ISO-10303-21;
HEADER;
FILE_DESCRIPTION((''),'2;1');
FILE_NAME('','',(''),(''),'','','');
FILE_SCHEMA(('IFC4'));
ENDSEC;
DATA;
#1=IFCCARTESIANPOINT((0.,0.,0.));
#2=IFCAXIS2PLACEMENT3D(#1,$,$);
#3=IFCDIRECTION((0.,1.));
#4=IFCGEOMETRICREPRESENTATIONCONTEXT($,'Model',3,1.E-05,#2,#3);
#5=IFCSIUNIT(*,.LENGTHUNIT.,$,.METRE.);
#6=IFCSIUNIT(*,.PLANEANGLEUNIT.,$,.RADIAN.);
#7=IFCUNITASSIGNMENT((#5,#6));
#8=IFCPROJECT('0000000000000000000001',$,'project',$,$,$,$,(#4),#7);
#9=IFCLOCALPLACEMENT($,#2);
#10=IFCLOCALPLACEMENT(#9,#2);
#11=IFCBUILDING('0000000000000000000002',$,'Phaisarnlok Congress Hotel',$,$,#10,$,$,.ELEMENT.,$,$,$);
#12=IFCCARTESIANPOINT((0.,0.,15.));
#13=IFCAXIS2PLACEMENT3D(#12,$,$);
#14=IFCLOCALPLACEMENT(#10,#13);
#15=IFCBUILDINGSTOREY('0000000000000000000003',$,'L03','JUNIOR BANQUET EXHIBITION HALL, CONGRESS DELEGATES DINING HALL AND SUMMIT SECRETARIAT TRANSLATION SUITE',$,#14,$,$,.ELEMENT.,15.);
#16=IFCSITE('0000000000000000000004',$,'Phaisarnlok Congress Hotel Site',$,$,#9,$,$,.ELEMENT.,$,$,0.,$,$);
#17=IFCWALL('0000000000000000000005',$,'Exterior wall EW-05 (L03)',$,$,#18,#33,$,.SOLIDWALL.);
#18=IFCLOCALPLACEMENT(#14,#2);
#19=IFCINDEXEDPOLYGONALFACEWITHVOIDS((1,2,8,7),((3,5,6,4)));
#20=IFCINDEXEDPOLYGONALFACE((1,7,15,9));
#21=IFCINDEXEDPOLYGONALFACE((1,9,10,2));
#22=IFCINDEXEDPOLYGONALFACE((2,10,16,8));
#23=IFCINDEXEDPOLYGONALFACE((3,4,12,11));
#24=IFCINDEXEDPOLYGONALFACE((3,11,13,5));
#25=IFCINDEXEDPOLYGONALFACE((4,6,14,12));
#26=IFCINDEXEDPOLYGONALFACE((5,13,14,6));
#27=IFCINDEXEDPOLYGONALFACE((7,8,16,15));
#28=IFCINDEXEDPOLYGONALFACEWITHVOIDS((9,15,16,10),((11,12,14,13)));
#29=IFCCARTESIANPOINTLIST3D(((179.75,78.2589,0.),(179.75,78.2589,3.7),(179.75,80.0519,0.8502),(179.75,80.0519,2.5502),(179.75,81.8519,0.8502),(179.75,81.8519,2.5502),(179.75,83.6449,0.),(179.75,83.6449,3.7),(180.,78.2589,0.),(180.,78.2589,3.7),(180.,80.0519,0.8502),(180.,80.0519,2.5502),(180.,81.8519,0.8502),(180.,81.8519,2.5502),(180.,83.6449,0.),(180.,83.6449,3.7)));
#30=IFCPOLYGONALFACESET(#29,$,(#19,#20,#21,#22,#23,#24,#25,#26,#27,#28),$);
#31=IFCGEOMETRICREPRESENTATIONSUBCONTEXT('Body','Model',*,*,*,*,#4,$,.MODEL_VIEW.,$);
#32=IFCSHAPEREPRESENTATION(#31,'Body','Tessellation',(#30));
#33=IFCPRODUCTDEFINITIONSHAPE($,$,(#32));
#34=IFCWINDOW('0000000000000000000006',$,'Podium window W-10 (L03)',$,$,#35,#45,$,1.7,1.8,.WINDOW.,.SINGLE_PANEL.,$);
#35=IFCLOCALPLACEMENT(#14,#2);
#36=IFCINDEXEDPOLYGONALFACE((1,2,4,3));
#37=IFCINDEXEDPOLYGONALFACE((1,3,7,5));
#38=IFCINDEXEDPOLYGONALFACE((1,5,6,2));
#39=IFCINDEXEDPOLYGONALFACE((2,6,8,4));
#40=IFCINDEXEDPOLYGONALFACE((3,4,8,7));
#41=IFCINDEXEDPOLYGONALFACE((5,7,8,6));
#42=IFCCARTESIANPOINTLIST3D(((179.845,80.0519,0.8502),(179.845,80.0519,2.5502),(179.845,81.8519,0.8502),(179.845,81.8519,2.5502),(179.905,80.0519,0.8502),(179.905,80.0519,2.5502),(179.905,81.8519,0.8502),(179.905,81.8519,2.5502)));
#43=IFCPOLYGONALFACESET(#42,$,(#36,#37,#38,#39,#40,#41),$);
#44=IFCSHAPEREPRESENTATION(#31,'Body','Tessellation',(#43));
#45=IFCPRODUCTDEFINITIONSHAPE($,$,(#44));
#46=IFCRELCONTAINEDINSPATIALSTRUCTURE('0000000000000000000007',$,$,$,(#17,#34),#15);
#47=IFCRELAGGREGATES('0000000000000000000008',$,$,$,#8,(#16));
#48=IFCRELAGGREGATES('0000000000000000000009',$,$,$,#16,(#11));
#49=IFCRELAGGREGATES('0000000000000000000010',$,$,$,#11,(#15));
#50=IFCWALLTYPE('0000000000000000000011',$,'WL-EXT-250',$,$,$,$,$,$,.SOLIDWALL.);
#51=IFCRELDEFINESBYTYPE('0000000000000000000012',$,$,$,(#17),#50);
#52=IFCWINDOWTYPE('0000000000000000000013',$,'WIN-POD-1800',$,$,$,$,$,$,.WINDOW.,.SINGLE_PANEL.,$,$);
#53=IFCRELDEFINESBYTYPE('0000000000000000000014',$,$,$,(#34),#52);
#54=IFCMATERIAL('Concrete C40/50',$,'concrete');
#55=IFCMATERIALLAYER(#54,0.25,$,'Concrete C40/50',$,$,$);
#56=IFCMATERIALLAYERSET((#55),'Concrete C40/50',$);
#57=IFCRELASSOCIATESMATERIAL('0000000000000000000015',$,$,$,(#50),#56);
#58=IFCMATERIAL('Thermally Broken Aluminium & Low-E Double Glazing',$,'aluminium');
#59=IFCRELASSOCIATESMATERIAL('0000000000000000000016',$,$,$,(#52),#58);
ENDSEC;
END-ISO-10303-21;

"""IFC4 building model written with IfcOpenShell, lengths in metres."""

from ifc_helpers import new_model, si_unit, direction, frame, frame_2d, origin, place, context, subcontext, project, spatial, rectangle, extrude, material, layer, layer_set, type_object, element, fill, save


model = new_model("IFC4")

# Units and contexts
model_context = context("Model", 3, precision=1e-05, world=origin(), true_north=direction((0.0, 1.0)))
body_context = subcontext(model_context, "Body", "Model", "MODEL_VIEW")
ifc_project = project(units=[si_unit("LENGTHUNIT", "METRE"), si_unit("PLANEANGLEUNIT", "RADIAN")], contexts=[model_context])

# Site, building, storey
site_placement = place(None, origin())
site = spatial("IfcSite", under=ifc_project, at=site_placement, Name="Phaisarnlok Congress Hotel Site", CompositionType="ELEMENT", RefElevation=0.0)
building_placement = place(site_placement, origin())
building = spatial("IfcBuilding", under=site, at=building_placement, Name="Phaisarnlok Congress Hotel", CompositionType="ELEMENT")
storey_placement = place(building_placement, frame((0.0, 0.0, 15.0)))
storey = spatial("IfcBuildingStorey", under=building, at=storey_placement, Name="L03", Description="JUNIOR BANQUET EXHIBITION HALL, CONGRESS DELEGATES DINING HALL AND SUMMIT SECRETARIAT TRANSLATION SUITE", CompositionType="ELEMENT", Elevation=15.0)

# Shared definitions
ifc_material_1 = material(Name="Concrete C40/50", Category="concrete")

# Wall, opening, window
ifc_layer_1 = layer(ifc_material_1, 0.25, Name="Concrete C40/50")
ifc_layer_set_1 = layer_set([ifc_layer_1], Name="Concrete C40/50")
wall_type = type_object("IfcWallType", Name="WL-EXT-250", PredefinedType="SOLIDWALL", material=ifc_layer_set_1)
wall_placement = place(storey_placement, frame((179.875, 78.259, 0.0), z_axis=(0.0, 0.0, 1.0), x_axis=(0.0, 1.0, 0.0)))
wall = element("IfcWall", 1, at=wall_placement, inside=storey, type_object=wall_type, Name="Exterior wall EW-05 (L03)", PredefinedType="SOLIDWALL", context=body_context, shape_type="SweptSolid", body=[
    extrude(rectangle(XDim=5.386, YDim=0.25, at=frame_2d((2.6929, 0.0))), origin(), (0.0, 0.0, 1.0), 3.7),
])
opening_placement = place(wall_placement, frame((1.793, 0.0, 0.8501)))
opening = element("IfcOpeningElement", 2, at=opening_placement, cuts=wall, PredefinedType="OPENING", context=body_context, shape_type="SweptSolid", body=[
    extrude(rectangle(XDim=1.8, YDim=1.7, at=frame_2d((0.8999, 0.8501))), frame((0.0, 0.135, 0.0), z_axis=(0.0, -1.0, 0.0), x_axis=(1.0, 0.0, 0.0)), (0.0, 0.0, 1.0), 0.27),
])
ifc_material_2 = material(Name="Thermally Broken Aluminium & Low-E Double Glazing", Category="aluminium")
window_type = type_object("IfcWindowType", Name="WIN-POD-1800", PartitioningType="SINGLE_PANEL", PredefinedType="WINDOW", material=ifc_material_2)
window_placement = place(opening_placement, origin())
window = element("IfcWindow", 3, at=window_placement, inside=storey, type_object=window_type, Name="Podium window W-10 (L03)", OverallHeight=1.7, OverallWidth=1.8, PartitioningType="SINGLE_PANEL", PredefinedType="WINDOW", context=body_context, shape_type="SweptSolid", body=[
    extrude(rectangle(XDim=1.8, YDim=1.7, at=frame_2d((0.8999, 0.8501))), frame((0.0, 0.03, 0.0), z_axis=(0.0, -1.0, 0.0), x_axis=(1.0, 0.0, 0.0)), (0.0, 0.0, 1.0), 0.0601),
])
fill(opening, window)

save(model, "model.ifc")
